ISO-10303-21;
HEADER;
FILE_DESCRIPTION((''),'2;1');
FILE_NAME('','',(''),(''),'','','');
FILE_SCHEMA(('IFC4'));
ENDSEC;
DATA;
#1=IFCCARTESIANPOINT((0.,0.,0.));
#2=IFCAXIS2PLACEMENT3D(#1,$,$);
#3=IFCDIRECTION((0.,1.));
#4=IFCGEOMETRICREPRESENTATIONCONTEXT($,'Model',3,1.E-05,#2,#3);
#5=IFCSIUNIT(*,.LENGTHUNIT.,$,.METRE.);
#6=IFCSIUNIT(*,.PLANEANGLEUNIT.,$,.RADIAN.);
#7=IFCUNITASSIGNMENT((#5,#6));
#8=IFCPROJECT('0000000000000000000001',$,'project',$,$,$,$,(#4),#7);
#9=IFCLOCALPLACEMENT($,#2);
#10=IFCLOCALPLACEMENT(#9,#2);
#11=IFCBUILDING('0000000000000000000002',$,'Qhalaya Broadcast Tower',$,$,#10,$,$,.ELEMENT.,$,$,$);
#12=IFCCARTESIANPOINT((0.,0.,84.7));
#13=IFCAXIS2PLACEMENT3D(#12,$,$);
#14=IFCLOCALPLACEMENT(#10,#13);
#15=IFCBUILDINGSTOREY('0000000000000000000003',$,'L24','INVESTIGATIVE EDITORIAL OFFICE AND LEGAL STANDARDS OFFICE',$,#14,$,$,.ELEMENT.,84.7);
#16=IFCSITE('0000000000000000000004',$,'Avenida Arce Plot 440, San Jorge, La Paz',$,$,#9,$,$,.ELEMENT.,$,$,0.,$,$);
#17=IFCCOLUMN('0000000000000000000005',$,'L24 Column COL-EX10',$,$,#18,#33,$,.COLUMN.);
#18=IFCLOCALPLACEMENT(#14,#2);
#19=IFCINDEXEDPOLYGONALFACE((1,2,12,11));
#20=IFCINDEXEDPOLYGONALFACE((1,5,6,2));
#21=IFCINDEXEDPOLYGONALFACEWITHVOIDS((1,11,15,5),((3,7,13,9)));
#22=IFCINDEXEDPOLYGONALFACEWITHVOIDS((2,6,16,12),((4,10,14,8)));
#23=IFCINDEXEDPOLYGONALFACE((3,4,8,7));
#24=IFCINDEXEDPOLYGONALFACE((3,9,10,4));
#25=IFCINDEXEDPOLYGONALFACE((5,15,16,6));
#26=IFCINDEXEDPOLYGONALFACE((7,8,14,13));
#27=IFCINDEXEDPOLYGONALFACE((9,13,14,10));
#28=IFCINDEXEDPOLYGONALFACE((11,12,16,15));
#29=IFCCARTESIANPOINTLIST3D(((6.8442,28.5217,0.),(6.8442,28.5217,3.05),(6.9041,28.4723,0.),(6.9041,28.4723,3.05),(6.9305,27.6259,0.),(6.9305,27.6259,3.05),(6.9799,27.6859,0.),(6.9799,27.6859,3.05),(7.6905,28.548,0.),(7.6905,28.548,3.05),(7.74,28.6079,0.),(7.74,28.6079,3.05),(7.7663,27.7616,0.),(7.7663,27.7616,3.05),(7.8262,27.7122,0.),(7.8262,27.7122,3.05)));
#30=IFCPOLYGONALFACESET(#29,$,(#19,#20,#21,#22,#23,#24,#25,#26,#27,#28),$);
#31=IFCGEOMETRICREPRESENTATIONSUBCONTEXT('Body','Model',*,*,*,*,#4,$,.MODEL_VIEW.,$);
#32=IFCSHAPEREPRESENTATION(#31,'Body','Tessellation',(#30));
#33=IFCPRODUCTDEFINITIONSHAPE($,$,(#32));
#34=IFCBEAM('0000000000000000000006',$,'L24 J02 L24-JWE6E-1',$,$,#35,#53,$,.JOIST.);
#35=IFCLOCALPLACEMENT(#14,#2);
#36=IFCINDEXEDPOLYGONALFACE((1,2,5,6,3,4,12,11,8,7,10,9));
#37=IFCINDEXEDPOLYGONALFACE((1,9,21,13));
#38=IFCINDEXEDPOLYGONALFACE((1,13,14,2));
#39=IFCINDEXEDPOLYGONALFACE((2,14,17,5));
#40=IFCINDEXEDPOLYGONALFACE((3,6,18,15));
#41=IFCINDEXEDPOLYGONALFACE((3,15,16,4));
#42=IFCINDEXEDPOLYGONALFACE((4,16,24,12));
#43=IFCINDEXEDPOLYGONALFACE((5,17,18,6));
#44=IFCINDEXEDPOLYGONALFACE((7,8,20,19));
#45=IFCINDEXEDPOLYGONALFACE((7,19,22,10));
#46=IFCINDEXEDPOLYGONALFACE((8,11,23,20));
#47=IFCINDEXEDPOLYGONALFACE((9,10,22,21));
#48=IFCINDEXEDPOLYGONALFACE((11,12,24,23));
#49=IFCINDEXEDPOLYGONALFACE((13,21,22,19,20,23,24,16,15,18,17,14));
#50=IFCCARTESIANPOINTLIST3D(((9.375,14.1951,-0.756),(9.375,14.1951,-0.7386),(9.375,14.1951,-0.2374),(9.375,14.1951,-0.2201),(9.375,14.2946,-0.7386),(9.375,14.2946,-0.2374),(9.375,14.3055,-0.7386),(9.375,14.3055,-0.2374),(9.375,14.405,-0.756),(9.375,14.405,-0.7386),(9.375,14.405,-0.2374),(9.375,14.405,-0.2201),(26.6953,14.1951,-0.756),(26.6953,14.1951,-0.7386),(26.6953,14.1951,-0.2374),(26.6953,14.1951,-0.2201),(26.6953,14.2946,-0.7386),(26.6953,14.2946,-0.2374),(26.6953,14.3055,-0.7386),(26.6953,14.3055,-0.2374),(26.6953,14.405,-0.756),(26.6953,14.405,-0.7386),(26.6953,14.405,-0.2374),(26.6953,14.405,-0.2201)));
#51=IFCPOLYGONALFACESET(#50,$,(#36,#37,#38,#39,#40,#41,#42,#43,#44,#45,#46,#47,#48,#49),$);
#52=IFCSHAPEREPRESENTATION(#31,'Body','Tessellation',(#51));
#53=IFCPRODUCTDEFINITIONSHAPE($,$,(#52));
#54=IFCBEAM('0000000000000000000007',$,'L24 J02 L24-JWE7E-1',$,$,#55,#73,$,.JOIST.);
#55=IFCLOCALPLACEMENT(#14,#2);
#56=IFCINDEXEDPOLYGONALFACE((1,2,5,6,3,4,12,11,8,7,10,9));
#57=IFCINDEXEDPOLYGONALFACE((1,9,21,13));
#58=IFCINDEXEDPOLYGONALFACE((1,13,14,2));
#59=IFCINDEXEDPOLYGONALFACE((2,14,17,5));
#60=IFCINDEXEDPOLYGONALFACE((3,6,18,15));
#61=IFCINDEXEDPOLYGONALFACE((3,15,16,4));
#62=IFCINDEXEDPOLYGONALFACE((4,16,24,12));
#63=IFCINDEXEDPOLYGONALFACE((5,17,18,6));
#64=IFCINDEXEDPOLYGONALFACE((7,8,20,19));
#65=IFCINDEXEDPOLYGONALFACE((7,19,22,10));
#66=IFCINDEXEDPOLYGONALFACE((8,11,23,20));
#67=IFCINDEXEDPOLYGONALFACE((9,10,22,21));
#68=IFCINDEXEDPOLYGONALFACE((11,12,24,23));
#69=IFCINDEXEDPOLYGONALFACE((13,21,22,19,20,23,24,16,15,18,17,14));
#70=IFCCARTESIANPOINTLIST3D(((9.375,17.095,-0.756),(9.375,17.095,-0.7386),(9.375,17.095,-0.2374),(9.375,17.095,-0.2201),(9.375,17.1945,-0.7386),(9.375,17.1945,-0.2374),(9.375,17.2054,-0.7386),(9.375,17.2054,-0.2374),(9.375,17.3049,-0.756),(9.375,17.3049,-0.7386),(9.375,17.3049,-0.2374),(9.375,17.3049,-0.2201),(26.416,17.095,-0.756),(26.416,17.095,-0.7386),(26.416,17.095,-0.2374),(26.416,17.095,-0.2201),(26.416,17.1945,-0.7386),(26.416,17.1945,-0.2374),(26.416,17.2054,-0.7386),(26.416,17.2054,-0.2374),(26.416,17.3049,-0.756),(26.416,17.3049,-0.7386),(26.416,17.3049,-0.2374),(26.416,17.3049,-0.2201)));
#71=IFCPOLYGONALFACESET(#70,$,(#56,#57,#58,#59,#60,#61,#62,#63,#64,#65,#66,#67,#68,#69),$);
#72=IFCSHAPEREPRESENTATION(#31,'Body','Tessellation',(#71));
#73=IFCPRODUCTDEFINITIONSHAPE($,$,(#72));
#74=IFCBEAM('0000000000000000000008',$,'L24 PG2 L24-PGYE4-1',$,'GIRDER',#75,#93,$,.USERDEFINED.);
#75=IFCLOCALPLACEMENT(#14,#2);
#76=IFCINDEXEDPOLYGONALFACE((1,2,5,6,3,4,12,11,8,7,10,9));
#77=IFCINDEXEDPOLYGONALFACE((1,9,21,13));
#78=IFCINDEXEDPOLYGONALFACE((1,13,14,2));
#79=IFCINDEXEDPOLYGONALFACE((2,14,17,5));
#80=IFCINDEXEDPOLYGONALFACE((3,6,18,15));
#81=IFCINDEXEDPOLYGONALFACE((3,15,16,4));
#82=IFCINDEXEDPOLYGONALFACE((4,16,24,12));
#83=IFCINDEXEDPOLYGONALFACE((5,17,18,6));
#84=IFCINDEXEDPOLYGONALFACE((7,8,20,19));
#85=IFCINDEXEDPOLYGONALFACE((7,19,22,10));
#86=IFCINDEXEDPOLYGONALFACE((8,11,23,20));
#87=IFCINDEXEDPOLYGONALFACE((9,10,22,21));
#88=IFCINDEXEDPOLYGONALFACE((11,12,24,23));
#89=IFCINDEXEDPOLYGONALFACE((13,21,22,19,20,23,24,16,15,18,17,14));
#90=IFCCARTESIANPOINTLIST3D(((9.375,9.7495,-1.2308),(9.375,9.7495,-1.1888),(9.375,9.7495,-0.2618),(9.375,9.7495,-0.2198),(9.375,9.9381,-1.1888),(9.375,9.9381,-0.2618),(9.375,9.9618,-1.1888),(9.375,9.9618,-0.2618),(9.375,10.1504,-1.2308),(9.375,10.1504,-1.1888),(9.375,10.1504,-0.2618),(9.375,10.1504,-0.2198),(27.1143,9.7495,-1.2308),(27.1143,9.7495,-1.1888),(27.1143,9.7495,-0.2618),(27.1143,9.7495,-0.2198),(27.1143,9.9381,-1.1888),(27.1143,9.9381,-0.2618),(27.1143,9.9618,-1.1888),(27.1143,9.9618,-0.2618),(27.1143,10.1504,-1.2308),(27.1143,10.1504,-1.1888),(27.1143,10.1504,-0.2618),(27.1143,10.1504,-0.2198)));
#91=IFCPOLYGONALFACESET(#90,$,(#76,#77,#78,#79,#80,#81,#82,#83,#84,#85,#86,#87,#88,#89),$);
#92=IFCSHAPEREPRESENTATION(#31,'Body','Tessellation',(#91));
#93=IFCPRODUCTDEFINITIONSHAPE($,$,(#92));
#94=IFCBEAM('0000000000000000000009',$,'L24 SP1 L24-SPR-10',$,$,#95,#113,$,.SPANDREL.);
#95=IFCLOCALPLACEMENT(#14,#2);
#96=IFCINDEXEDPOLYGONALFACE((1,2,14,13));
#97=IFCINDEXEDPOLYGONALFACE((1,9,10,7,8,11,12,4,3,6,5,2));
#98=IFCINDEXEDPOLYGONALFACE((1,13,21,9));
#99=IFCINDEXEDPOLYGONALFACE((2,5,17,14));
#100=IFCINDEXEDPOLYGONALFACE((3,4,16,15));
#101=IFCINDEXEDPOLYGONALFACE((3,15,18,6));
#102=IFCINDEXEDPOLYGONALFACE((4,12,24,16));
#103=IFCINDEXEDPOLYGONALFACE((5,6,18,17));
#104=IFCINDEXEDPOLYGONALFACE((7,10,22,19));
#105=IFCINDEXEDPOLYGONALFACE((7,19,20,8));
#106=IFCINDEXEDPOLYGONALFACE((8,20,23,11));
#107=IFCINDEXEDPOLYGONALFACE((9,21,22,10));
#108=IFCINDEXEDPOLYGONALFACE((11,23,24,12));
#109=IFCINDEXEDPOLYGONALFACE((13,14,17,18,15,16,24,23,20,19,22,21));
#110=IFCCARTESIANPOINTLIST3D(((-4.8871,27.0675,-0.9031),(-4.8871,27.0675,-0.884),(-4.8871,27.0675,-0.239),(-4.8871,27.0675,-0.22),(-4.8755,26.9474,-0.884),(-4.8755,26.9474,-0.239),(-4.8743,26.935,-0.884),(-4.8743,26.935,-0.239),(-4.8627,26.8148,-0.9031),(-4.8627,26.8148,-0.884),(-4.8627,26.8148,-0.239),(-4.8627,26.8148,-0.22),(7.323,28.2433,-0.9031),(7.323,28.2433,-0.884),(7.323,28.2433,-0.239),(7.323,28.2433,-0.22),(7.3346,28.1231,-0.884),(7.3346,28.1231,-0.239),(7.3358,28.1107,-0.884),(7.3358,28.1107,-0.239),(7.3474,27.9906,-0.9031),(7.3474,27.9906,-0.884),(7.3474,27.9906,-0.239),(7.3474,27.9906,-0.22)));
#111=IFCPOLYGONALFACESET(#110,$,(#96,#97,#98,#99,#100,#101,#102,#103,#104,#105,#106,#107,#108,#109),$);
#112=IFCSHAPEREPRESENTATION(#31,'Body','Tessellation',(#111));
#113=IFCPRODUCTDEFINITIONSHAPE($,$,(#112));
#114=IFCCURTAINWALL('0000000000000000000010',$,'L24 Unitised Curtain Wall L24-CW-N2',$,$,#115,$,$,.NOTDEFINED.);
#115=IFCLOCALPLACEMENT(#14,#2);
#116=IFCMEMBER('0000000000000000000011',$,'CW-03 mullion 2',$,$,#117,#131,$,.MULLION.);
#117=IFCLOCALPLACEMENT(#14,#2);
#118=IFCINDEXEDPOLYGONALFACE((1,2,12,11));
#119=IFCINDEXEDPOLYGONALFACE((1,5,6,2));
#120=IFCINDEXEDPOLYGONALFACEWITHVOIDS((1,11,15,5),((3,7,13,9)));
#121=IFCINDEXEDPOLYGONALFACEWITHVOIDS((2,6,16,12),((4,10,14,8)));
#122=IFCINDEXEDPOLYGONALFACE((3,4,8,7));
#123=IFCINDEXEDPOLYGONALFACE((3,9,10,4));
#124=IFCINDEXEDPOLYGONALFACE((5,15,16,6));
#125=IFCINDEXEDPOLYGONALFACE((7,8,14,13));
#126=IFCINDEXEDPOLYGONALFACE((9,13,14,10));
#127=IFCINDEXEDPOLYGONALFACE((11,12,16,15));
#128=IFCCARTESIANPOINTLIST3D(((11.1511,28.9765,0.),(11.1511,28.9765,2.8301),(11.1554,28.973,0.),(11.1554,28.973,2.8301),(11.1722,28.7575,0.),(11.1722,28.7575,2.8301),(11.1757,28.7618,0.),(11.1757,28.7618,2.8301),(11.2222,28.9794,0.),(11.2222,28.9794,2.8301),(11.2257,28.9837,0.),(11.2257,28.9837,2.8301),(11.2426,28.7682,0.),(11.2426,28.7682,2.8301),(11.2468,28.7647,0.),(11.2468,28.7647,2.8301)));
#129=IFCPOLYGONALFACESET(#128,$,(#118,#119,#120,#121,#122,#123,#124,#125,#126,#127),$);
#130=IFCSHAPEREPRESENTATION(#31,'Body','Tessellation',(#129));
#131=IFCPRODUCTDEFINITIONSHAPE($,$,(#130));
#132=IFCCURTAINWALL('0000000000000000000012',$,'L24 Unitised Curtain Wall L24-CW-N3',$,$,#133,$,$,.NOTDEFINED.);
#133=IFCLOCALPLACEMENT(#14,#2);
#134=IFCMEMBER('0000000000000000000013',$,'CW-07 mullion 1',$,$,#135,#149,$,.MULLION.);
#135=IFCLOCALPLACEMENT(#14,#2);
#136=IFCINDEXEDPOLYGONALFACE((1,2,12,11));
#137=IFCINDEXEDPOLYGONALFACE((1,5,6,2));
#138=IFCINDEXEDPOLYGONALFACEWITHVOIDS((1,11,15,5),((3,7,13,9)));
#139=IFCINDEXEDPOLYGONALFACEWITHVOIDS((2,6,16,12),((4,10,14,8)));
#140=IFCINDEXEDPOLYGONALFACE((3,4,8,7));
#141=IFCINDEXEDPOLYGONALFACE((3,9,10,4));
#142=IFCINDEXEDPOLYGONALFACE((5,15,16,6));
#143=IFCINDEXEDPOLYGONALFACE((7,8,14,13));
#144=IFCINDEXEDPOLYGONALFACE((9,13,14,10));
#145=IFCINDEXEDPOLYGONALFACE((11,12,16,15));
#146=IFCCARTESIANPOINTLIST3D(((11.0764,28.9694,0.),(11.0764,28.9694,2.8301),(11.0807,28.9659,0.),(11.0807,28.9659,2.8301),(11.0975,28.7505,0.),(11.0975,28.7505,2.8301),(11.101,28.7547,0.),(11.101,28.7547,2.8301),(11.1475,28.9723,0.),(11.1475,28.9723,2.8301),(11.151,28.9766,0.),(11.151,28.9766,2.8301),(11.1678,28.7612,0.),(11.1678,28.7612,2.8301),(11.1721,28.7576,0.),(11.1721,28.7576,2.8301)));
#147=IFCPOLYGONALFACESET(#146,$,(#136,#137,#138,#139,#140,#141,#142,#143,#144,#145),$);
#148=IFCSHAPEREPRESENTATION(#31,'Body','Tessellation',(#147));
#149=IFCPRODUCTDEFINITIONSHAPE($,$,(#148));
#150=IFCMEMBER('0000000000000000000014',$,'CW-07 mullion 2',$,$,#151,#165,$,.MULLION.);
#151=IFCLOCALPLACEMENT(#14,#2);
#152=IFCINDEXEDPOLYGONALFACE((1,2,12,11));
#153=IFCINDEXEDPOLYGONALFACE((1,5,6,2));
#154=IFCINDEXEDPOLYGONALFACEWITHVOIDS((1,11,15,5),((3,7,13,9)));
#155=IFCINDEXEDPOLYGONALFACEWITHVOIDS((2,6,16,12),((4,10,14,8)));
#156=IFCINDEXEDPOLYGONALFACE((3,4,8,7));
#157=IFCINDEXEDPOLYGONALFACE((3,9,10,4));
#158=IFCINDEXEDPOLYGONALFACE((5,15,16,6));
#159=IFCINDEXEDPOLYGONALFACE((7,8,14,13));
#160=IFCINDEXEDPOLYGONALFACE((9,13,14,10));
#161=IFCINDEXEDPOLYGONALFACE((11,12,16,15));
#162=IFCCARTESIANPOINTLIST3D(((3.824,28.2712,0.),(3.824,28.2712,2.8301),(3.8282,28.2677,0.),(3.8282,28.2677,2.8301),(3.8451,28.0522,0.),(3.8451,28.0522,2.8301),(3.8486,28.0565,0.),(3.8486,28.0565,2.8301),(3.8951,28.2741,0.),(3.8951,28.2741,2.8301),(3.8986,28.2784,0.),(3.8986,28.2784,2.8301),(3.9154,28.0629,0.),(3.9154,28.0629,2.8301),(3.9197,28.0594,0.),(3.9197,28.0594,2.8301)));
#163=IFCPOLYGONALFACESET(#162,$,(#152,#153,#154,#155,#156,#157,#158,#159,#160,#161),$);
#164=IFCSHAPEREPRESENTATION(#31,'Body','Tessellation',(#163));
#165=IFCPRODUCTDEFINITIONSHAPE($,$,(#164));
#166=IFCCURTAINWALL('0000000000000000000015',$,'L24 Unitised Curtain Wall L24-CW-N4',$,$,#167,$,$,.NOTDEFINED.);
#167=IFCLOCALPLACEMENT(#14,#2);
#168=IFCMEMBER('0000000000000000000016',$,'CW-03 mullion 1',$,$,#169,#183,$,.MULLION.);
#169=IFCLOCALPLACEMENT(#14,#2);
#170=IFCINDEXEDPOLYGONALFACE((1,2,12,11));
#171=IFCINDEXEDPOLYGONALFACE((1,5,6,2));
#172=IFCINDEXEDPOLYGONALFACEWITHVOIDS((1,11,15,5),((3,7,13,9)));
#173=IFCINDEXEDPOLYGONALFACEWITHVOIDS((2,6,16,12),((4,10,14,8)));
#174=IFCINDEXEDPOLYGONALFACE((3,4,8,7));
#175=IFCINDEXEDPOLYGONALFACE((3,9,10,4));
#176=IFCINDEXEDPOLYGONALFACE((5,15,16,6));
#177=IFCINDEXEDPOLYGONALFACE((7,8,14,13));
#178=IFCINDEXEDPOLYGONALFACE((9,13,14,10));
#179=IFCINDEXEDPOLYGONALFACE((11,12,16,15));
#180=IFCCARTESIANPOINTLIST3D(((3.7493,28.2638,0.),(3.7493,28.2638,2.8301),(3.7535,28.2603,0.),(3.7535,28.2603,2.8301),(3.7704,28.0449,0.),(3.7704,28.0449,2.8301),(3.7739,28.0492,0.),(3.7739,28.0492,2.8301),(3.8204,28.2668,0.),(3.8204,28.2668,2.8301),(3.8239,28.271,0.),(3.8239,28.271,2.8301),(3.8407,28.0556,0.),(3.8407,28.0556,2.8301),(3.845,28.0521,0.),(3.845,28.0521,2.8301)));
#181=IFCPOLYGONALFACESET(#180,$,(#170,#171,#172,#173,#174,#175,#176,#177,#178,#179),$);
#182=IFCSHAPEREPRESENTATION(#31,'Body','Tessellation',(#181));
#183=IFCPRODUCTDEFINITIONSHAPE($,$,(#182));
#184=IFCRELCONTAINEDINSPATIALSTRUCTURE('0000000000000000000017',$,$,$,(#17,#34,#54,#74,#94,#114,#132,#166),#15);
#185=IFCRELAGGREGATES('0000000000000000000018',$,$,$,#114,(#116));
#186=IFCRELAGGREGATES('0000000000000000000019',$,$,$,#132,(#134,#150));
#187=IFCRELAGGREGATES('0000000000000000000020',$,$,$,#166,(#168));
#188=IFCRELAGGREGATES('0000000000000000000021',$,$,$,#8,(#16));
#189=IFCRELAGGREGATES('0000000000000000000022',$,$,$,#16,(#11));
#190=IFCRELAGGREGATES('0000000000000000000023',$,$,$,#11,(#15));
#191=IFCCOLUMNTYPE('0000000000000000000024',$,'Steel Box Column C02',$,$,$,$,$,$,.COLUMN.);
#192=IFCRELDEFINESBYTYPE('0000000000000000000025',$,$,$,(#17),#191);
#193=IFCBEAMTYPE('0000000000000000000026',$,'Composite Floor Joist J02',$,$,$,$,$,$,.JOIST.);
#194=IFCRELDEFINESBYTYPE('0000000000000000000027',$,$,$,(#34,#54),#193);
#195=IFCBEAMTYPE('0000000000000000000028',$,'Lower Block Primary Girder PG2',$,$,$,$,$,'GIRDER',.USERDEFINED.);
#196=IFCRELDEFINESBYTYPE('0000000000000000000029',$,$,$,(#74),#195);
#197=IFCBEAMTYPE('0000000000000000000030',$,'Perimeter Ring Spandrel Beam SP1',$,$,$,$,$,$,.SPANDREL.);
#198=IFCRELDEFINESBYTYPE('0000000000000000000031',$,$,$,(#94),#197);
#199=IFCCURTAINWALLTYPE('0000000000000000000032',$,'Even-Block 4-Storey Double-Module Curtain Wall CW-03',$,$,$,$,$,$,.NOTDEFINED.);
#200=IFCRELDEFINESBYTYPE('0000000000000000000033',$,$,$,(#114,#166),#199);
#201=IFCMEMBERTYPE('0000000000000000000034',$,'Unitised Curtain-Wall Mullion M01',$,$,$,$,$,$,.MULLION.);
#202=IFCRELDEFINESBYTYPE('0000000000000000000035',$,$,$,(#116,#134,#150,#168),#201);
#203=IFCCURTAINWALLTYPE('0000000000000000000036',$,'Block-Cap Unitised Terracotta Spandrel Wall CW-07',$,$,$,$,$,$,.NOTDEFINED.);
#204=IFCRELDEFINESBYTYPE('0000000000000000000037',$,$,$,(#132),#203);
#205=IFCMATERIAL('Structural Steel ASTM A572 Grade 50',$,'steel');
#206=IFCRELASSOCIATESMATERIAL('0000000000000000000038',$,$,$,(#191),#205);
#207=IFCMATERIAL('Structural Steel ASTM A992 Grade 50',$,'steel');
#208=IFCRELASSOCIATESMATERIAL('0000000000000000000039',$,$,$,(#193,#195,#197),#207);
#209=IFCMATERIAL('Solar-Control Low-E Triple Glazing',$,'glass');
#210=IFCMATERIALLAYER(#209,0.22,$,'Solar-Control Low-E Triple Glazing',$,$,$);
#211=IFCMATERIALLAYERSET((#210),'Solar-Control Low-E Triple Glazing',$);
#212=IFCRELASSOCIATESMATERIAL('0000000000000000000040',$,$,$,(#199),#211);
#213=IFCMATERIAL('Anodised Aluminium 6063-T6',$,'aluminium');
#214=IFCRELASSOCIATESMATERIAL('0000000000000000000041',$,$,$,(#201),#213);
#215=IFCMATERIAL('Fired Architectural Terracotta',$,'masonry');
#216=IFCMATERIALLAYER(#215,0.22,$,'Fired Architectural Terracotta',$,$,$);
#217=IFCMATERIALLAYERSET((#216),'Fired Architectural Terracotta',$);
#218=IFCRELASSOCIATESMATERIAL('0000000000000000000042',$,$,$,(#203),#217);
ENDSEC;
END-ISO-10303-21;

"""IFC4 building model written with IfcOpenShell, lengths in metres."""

from ifc_helpers import new_model, si_unit, direction, frame, origin, origin_2d, place, context, subcontext, project, spatial, hollow_rectangle, i_section, extrude, material, layer, layer_set, material_profile, profile_set, type_object, element, aggregate, save


model = new_model("IFC4")

# Units and contexts
model_context = context("Model", 3, precision=1e-05, world=origin(), true_north=direction((0.0, 1.0)))
body_context = subcontext(model_context, "Body", "Model", "MODEL_VIEW")
ifc_project = project(units=[si_unit("LENGTHUNIT", "METRE"), si_unit("PLANEANGLEUNIT", "RADIAN")], contexts=[model_context])

# Site, building, storey
site_placement = place(None, origin())
site = spatial("IfcSite", under=ifc_project, at=site_placement, Name="Avenida Arce Plot 440, San Jorge, La Paz", CompositionType="ELEMENT", RefElevation=0.0)
building_placement = place(site_placement, origin())
building = spatial("IfcBuilding", under=site, at=building_placement, Name="Qhalaya Broadcast Tower", CompositionType="ELEMENT")
storey_placement = place(building_placement, frame((0.0, 0.0, 84.7)))
storey = spatial("IfcBuildingStorey", under=building, at=storey_placement, Name="L24", Description="INVESTIGATIVE EDITORIAL OFFICE AND LEGAL STANDARDS OFFICE", CompositionType="ELEMENT", Elevation=84.7)

# Column
ifc_material_1 = material(Name="Structural Steel ASTM A572 Grade 50", Category="steel")
ifc_material_profile_1 = material_profile(ifc_material_1, hollow_rectangle(XDim=0.8999, YDim=0.8999, WallThickness=0.0549, at=origin_2d()), Name="BOX 900x900x55")
ifc_profile_set_1 = profile_set([ifc_material_profile_1], Name="Structural Steel ASTM A572 Grade 50")
column_type = type_object("IfcColumnType", Name="Steel Box Column C02", PredefinedType="COLUMN", material=ifc_profile_set_1)
column_placement = place(storey_placement, frame((7.3352, 28.1169, 0.0), z_axis=(0.0, 0.0, 1.0), x_axis=(0.995396, 0.095846, 0.0)))
element("IfcColumn", 1, at=column_placement, inside=storey, type_object=column_type, Name="L24 Column COL-EX10", PredefinedType="COLUMN", context=body_context, shape_type="SweptSolid", body=[
    extrude(hollow_rectangle(XDim=0.8999, YDim=0.8999, WallThickness=0.0549, at=origin_2d()), origin(), (0.0, 0.0, 1.0), 3.05),
])

# Beams
ifc_material_2 = material(Name="Structural Steel ASTM A992 Grade 50", Category="steel")
ifc_material_profile_2 = material_profile(ifc_material_2, i_section(OverallWidth=0.21, OverallDepth=0.5359, WebThickness=0.011, FlangeThickness=0.0173, at=origin_2d()), Name="W21X68")
ifc_profile_set_2 = profile_set([ifc_material_profile_2], Name="Structural Steel ASTM A992 Grade 50")
beam_type_1 = type_object("IfcBeamType", Name="Composite Floor Joist J02", PredefinedType="JOIST", material=ifc_profile_set_2)
beam_1_placement = place(storey_placement, frame((9.375, 14.3, -0.488), z_axis=(1.0, 0.0, 0.0), x_axis=(0.0, 1.0, 0.0)))
element("IfcBeam", 2, at=beam_1_placement, inside=storey, type_object=beam_type_1, Name="L24 J02 L24-JWE6E-1", PredefinedType="JOIST", context=body_context, shape_type="SweptSolid", body=[
    extrude(i_section(OverallWidth=0.21, OverallDepth=0.5359, WebThickness=0.011, FlangeThickness=0.0173, at=origin_2d()), origin(), (0.0, 0.0, 1.0), 17.3203),
])
beam_2_placement = place(storey_placement, frame((9.375, 17.2, -0.488), z_axis=(1.0, 0.0, 0.0), x_axis=(0.0, 1.0, 0.0)))
element("IfcBeam", 3, at=beam_2_placement, inside=storey, type_object=beam_type_1, Name="L24 J02 L24-JWE7E-1", PredefinedType="JOIST", context=body_context, shape_type="SweptSolid", body=[
    extrude(i_section(OverallWidth=0.21, OverallDepth=0.5359, WebThickness=0.011, FlangeThickness=0.0173, at=origin_2d()), origin(), (0.0, 0.0, 1.0), 17.041),
])
ifc_material_profile_3 = material_profile(ifc_material_2, i_section(OverallWidth=0.4009, OverallDepth=1.011, WebThickness=0.0237, FlangeThickness=0.042, at=origin_2d()), Name="W40X297")
ifc_profile_set_3 = profile_set([ifc_material_profile_3], Name="Structural Steel ASTM A992 Grade 50")
beam_type_2 = type_object("IfcBeamType", Name="Lower Block Primary Girder PG2", ElementType="GIRDER", PredefinedType="USERDEFINED", material=ifc_profile_set_3)
beam_3_placement = place(storey_placement, frame((9.375, 9.95, -0.7253), z_axis=(1.0, 0.0, 0.0), x_axis=(0.0, 1.0, 0.0)))
element("IfcBeam", 4, at=beam_3_placement, inside=storey, type_object=beam_type_2, Name="L24 PG2 L24-PGYE4-1", ObjectType="GIRDER", PredefinedType="USERDEFINED", context=body_context, shape_type="SweptSolid", body=[
    extrude(i_section(OverallWidth=0.4009, OverallDepth=1.011, WebThickness=0.0237, FlangeThickness=0.042, at=origin_2d()), origin(), (0.0, 0.0, 1.0), 17.7393),
])
ifc_material_profile_4 = material_profile(ifc_material_2, i_section(OverallWidth=0.2539, OverallDepth=0.6831, WebThickness=0.0125, FlangeThickness=0.019, at=origin_2d()), Name="W27X94")
ifc_profile_set_4 = profile_set([ifc_material_profile_4], Name="Structural Steel ASTM A992 Grade 50")
beam_type_3 = type_object("IfcBeamType", Name="Perimeter Ring Spandrel Beam SP1", PredefinedType="SPANDREL", material=ifc_profile_set_4)
beam_4_placement = place(storey_placement, frame((7.3352, 28.1169, -0.5615), z_axis=(-0.995396, -0.095852, 0.0), x_axis=(0.095852, -0.995396, 0.0)))
element("IfcBeam", 5, at=beam_4_placement, inside=storey, type_object=beam_type_3, Name="L24 SP1 L24-SPR-10", PredefinedType="SPANDREL", context=body_context, shape_type="SweptSolid", body=[
    extrude(i_section(OverallWidth=0.2539, OverallDepth=0.6831, WebThickness=0.0125, FlangeThickness=0.019, at=origin_2d()), origin(), (0.0, 0.0, 1.0), 12.2666),
])

# Curtain wall, member
ifc_material_3 = material(Name="Solar-Control Low-E Triple Glazing", Category="glass")
ifc_layer_1 = layer(ifc_material_3, 0.22, Name="Solar-Control Low-E Triple Glazing")
ifc_layer_set_1 = layer_set([ifc_layer_1], Name="Solar-Control Low-E Triple Glazing")
curtain_wall_type_1 = type_object("IfcCurtainWallType", Name="Even-Block 4-Storey Double-Module Curtain Wall CW-03", PredefinedType="NOTDEFINED", material=ifc_layer_set_1)
curtain_wall_1_placement = place(storey_placement, origin())
curtain_wall_1 = element("IfcCurtainWall", 6, at=curtain_wall_1_placement, inside=storey, type_object=curtain_wall_type_1, Name="L24 Unitised Curtain Wall L24-CW-N2", PredefinedType="NOTDEFINED")
ifc_material_4 = material(Name="Anodised Aluminium 6063-T6", Category="aluminium")
ifc_material_profile_5 = material_profile(ifc_material_4, hollow_rectangle(XDim=0.075, YDim=0.22, WallThickness=0.0039, at=origin_2d()), Name="ALU-MUL 75x220x4")
ifc_profile_set_5 = profile_set([ifc_material_profile_5], Name="Anodised Aluminium 6063-T6")
member_type_1 = type_object("IfcMemberType", Name="Unitised Curtain-Wall Mullion M01", PredefinedType="MULLION", material=ifc_profile_set_5)
member_1_placement = place(storey_placement, frame((11.199, 28.8706, 0.0), z_axis=(0.0, 0.0, 1.0), x_axis=(-0.995396, -0.095852, 0.0)))
member_1 = element("IfcMember", 7, at=member_1_placement, type_object=member_type_1, Name="CW-03 mullion 2", PredefinedType="MULLION", context=body_context, shape_type="SweptSolid", body=[
    extrude(hollow_rectangle(XDim=0.075, YDim=0.22, WallThickness=0.0039, at=origin_2d()), origin(), (0.0, 0.0, 1.0), 2.8301),
])
aggregate(curtain_wall_1, [member_1])

# Curtain wall, members
ifc_material_5 = material(Name="Fired Architectural Terracotta", Category="masonry")
ifc_layer_2 = layer(ifc_material_5, 0.22, Name="Fired Architectural Terracotta")
ifc_layer_set_2 = layer_set([ifc_layer_2], Name="Fired Architectural Terracotta")
curtain_wall_type_2 = type_object("IfcCurtainWallType", Name="Block-Cap Unitised Terracotta Spandrel Wall CW-07", PredefinedType="NOTDEFINED", material=ifc_layer_set_2)
curtain_wall_2_placement = place(storey_placement, origin())
curtain_wall_2 = element("IfcCurtainWall", 8, at=curtain_wall_2_placement, inside=storey, type_object=curtain_wall_type_2, Name="L24 Unitised Curtain Wall L24-CW-N3", PredefinedType="NOTDEFINED")
member_2_placement = place(storey_placement, frame((11.1243, 28.8635, 0.0), z_axis=(0.0, 0.0, 1.0), x_axis=(-0.995396, -0.095843, 0.0)))
member_2 = element("IfcMember", 9, at=member_2_placement, type_object=member_type_1, Name="CW-07 mullion 1", PredefinedType="MULLION", context=body_context, shape_type="SweptSolid", body=[
    extrude(hollow_rectangle(XDim=0.075, YDim=0.22, WallThickness=0.0039, at=origin_2d()), origin(), (0.0, 0.0, 1.0), 2.8301),
])
member_3_placement = place(storey_placement, frame((3.8718, 28.1653, 0.0), z_axis=(0.0, 0.0, 1.0), x_axis=(-0.995396, -0.095843, 0.0)))
member_3 = element("IfcMember", 10, at=member_3_placement, type_object=member_type_1, Name="CW-07 mullion 2", PredefinedType="MULLION", context=body_context, shape_type="SweptSolid", body=[
    extrude(hollow_rectangle(XDim=0.075, YDim=0.22, WallThickness=0.0039, at=origin_2d()), origin(), (0.0, 0.0, 1.0), 2.8301),
])

# Curtain wall, member
curtain_wall_3_placement = place(storey_placement, origin())
curtain_wall_3 = element("IfcCurtainWall", 11, at=curtain_wall_3_placement, inside=storey, type_object=curtain_wall_type_1, Name="L24 Unitised Curtain Wall L24-CW-N4", PredefinedType="NOTDEFINED")
member_4_placement = place(storey_placement, frame((3.7971, 28.158, 0.0), z_axis=(0.0, 0.0, 1.0), x_axis=(-0.995395, -0.095853, 0.0)))
member_4 = element("IfcMember", 12, at=member_4_placement, type_object=member_type_1, Name="CW-03 mullion 1", PredefinedType="MULLION", context=body_context, shape_type="SweptSolid", body=[
    extrude(hollow_rectangle(XDim=0.075, YDim=0.22, WallThickness=0.0039, at=origin_2d()), origin(), (0.0, 0.0, 1.0), 2.8301),
])

aggregate(curtain_wall_2, [member_2, member_3])
aggregate(curtain_wall_3, [member_4])

save(model, "model.ifc")
